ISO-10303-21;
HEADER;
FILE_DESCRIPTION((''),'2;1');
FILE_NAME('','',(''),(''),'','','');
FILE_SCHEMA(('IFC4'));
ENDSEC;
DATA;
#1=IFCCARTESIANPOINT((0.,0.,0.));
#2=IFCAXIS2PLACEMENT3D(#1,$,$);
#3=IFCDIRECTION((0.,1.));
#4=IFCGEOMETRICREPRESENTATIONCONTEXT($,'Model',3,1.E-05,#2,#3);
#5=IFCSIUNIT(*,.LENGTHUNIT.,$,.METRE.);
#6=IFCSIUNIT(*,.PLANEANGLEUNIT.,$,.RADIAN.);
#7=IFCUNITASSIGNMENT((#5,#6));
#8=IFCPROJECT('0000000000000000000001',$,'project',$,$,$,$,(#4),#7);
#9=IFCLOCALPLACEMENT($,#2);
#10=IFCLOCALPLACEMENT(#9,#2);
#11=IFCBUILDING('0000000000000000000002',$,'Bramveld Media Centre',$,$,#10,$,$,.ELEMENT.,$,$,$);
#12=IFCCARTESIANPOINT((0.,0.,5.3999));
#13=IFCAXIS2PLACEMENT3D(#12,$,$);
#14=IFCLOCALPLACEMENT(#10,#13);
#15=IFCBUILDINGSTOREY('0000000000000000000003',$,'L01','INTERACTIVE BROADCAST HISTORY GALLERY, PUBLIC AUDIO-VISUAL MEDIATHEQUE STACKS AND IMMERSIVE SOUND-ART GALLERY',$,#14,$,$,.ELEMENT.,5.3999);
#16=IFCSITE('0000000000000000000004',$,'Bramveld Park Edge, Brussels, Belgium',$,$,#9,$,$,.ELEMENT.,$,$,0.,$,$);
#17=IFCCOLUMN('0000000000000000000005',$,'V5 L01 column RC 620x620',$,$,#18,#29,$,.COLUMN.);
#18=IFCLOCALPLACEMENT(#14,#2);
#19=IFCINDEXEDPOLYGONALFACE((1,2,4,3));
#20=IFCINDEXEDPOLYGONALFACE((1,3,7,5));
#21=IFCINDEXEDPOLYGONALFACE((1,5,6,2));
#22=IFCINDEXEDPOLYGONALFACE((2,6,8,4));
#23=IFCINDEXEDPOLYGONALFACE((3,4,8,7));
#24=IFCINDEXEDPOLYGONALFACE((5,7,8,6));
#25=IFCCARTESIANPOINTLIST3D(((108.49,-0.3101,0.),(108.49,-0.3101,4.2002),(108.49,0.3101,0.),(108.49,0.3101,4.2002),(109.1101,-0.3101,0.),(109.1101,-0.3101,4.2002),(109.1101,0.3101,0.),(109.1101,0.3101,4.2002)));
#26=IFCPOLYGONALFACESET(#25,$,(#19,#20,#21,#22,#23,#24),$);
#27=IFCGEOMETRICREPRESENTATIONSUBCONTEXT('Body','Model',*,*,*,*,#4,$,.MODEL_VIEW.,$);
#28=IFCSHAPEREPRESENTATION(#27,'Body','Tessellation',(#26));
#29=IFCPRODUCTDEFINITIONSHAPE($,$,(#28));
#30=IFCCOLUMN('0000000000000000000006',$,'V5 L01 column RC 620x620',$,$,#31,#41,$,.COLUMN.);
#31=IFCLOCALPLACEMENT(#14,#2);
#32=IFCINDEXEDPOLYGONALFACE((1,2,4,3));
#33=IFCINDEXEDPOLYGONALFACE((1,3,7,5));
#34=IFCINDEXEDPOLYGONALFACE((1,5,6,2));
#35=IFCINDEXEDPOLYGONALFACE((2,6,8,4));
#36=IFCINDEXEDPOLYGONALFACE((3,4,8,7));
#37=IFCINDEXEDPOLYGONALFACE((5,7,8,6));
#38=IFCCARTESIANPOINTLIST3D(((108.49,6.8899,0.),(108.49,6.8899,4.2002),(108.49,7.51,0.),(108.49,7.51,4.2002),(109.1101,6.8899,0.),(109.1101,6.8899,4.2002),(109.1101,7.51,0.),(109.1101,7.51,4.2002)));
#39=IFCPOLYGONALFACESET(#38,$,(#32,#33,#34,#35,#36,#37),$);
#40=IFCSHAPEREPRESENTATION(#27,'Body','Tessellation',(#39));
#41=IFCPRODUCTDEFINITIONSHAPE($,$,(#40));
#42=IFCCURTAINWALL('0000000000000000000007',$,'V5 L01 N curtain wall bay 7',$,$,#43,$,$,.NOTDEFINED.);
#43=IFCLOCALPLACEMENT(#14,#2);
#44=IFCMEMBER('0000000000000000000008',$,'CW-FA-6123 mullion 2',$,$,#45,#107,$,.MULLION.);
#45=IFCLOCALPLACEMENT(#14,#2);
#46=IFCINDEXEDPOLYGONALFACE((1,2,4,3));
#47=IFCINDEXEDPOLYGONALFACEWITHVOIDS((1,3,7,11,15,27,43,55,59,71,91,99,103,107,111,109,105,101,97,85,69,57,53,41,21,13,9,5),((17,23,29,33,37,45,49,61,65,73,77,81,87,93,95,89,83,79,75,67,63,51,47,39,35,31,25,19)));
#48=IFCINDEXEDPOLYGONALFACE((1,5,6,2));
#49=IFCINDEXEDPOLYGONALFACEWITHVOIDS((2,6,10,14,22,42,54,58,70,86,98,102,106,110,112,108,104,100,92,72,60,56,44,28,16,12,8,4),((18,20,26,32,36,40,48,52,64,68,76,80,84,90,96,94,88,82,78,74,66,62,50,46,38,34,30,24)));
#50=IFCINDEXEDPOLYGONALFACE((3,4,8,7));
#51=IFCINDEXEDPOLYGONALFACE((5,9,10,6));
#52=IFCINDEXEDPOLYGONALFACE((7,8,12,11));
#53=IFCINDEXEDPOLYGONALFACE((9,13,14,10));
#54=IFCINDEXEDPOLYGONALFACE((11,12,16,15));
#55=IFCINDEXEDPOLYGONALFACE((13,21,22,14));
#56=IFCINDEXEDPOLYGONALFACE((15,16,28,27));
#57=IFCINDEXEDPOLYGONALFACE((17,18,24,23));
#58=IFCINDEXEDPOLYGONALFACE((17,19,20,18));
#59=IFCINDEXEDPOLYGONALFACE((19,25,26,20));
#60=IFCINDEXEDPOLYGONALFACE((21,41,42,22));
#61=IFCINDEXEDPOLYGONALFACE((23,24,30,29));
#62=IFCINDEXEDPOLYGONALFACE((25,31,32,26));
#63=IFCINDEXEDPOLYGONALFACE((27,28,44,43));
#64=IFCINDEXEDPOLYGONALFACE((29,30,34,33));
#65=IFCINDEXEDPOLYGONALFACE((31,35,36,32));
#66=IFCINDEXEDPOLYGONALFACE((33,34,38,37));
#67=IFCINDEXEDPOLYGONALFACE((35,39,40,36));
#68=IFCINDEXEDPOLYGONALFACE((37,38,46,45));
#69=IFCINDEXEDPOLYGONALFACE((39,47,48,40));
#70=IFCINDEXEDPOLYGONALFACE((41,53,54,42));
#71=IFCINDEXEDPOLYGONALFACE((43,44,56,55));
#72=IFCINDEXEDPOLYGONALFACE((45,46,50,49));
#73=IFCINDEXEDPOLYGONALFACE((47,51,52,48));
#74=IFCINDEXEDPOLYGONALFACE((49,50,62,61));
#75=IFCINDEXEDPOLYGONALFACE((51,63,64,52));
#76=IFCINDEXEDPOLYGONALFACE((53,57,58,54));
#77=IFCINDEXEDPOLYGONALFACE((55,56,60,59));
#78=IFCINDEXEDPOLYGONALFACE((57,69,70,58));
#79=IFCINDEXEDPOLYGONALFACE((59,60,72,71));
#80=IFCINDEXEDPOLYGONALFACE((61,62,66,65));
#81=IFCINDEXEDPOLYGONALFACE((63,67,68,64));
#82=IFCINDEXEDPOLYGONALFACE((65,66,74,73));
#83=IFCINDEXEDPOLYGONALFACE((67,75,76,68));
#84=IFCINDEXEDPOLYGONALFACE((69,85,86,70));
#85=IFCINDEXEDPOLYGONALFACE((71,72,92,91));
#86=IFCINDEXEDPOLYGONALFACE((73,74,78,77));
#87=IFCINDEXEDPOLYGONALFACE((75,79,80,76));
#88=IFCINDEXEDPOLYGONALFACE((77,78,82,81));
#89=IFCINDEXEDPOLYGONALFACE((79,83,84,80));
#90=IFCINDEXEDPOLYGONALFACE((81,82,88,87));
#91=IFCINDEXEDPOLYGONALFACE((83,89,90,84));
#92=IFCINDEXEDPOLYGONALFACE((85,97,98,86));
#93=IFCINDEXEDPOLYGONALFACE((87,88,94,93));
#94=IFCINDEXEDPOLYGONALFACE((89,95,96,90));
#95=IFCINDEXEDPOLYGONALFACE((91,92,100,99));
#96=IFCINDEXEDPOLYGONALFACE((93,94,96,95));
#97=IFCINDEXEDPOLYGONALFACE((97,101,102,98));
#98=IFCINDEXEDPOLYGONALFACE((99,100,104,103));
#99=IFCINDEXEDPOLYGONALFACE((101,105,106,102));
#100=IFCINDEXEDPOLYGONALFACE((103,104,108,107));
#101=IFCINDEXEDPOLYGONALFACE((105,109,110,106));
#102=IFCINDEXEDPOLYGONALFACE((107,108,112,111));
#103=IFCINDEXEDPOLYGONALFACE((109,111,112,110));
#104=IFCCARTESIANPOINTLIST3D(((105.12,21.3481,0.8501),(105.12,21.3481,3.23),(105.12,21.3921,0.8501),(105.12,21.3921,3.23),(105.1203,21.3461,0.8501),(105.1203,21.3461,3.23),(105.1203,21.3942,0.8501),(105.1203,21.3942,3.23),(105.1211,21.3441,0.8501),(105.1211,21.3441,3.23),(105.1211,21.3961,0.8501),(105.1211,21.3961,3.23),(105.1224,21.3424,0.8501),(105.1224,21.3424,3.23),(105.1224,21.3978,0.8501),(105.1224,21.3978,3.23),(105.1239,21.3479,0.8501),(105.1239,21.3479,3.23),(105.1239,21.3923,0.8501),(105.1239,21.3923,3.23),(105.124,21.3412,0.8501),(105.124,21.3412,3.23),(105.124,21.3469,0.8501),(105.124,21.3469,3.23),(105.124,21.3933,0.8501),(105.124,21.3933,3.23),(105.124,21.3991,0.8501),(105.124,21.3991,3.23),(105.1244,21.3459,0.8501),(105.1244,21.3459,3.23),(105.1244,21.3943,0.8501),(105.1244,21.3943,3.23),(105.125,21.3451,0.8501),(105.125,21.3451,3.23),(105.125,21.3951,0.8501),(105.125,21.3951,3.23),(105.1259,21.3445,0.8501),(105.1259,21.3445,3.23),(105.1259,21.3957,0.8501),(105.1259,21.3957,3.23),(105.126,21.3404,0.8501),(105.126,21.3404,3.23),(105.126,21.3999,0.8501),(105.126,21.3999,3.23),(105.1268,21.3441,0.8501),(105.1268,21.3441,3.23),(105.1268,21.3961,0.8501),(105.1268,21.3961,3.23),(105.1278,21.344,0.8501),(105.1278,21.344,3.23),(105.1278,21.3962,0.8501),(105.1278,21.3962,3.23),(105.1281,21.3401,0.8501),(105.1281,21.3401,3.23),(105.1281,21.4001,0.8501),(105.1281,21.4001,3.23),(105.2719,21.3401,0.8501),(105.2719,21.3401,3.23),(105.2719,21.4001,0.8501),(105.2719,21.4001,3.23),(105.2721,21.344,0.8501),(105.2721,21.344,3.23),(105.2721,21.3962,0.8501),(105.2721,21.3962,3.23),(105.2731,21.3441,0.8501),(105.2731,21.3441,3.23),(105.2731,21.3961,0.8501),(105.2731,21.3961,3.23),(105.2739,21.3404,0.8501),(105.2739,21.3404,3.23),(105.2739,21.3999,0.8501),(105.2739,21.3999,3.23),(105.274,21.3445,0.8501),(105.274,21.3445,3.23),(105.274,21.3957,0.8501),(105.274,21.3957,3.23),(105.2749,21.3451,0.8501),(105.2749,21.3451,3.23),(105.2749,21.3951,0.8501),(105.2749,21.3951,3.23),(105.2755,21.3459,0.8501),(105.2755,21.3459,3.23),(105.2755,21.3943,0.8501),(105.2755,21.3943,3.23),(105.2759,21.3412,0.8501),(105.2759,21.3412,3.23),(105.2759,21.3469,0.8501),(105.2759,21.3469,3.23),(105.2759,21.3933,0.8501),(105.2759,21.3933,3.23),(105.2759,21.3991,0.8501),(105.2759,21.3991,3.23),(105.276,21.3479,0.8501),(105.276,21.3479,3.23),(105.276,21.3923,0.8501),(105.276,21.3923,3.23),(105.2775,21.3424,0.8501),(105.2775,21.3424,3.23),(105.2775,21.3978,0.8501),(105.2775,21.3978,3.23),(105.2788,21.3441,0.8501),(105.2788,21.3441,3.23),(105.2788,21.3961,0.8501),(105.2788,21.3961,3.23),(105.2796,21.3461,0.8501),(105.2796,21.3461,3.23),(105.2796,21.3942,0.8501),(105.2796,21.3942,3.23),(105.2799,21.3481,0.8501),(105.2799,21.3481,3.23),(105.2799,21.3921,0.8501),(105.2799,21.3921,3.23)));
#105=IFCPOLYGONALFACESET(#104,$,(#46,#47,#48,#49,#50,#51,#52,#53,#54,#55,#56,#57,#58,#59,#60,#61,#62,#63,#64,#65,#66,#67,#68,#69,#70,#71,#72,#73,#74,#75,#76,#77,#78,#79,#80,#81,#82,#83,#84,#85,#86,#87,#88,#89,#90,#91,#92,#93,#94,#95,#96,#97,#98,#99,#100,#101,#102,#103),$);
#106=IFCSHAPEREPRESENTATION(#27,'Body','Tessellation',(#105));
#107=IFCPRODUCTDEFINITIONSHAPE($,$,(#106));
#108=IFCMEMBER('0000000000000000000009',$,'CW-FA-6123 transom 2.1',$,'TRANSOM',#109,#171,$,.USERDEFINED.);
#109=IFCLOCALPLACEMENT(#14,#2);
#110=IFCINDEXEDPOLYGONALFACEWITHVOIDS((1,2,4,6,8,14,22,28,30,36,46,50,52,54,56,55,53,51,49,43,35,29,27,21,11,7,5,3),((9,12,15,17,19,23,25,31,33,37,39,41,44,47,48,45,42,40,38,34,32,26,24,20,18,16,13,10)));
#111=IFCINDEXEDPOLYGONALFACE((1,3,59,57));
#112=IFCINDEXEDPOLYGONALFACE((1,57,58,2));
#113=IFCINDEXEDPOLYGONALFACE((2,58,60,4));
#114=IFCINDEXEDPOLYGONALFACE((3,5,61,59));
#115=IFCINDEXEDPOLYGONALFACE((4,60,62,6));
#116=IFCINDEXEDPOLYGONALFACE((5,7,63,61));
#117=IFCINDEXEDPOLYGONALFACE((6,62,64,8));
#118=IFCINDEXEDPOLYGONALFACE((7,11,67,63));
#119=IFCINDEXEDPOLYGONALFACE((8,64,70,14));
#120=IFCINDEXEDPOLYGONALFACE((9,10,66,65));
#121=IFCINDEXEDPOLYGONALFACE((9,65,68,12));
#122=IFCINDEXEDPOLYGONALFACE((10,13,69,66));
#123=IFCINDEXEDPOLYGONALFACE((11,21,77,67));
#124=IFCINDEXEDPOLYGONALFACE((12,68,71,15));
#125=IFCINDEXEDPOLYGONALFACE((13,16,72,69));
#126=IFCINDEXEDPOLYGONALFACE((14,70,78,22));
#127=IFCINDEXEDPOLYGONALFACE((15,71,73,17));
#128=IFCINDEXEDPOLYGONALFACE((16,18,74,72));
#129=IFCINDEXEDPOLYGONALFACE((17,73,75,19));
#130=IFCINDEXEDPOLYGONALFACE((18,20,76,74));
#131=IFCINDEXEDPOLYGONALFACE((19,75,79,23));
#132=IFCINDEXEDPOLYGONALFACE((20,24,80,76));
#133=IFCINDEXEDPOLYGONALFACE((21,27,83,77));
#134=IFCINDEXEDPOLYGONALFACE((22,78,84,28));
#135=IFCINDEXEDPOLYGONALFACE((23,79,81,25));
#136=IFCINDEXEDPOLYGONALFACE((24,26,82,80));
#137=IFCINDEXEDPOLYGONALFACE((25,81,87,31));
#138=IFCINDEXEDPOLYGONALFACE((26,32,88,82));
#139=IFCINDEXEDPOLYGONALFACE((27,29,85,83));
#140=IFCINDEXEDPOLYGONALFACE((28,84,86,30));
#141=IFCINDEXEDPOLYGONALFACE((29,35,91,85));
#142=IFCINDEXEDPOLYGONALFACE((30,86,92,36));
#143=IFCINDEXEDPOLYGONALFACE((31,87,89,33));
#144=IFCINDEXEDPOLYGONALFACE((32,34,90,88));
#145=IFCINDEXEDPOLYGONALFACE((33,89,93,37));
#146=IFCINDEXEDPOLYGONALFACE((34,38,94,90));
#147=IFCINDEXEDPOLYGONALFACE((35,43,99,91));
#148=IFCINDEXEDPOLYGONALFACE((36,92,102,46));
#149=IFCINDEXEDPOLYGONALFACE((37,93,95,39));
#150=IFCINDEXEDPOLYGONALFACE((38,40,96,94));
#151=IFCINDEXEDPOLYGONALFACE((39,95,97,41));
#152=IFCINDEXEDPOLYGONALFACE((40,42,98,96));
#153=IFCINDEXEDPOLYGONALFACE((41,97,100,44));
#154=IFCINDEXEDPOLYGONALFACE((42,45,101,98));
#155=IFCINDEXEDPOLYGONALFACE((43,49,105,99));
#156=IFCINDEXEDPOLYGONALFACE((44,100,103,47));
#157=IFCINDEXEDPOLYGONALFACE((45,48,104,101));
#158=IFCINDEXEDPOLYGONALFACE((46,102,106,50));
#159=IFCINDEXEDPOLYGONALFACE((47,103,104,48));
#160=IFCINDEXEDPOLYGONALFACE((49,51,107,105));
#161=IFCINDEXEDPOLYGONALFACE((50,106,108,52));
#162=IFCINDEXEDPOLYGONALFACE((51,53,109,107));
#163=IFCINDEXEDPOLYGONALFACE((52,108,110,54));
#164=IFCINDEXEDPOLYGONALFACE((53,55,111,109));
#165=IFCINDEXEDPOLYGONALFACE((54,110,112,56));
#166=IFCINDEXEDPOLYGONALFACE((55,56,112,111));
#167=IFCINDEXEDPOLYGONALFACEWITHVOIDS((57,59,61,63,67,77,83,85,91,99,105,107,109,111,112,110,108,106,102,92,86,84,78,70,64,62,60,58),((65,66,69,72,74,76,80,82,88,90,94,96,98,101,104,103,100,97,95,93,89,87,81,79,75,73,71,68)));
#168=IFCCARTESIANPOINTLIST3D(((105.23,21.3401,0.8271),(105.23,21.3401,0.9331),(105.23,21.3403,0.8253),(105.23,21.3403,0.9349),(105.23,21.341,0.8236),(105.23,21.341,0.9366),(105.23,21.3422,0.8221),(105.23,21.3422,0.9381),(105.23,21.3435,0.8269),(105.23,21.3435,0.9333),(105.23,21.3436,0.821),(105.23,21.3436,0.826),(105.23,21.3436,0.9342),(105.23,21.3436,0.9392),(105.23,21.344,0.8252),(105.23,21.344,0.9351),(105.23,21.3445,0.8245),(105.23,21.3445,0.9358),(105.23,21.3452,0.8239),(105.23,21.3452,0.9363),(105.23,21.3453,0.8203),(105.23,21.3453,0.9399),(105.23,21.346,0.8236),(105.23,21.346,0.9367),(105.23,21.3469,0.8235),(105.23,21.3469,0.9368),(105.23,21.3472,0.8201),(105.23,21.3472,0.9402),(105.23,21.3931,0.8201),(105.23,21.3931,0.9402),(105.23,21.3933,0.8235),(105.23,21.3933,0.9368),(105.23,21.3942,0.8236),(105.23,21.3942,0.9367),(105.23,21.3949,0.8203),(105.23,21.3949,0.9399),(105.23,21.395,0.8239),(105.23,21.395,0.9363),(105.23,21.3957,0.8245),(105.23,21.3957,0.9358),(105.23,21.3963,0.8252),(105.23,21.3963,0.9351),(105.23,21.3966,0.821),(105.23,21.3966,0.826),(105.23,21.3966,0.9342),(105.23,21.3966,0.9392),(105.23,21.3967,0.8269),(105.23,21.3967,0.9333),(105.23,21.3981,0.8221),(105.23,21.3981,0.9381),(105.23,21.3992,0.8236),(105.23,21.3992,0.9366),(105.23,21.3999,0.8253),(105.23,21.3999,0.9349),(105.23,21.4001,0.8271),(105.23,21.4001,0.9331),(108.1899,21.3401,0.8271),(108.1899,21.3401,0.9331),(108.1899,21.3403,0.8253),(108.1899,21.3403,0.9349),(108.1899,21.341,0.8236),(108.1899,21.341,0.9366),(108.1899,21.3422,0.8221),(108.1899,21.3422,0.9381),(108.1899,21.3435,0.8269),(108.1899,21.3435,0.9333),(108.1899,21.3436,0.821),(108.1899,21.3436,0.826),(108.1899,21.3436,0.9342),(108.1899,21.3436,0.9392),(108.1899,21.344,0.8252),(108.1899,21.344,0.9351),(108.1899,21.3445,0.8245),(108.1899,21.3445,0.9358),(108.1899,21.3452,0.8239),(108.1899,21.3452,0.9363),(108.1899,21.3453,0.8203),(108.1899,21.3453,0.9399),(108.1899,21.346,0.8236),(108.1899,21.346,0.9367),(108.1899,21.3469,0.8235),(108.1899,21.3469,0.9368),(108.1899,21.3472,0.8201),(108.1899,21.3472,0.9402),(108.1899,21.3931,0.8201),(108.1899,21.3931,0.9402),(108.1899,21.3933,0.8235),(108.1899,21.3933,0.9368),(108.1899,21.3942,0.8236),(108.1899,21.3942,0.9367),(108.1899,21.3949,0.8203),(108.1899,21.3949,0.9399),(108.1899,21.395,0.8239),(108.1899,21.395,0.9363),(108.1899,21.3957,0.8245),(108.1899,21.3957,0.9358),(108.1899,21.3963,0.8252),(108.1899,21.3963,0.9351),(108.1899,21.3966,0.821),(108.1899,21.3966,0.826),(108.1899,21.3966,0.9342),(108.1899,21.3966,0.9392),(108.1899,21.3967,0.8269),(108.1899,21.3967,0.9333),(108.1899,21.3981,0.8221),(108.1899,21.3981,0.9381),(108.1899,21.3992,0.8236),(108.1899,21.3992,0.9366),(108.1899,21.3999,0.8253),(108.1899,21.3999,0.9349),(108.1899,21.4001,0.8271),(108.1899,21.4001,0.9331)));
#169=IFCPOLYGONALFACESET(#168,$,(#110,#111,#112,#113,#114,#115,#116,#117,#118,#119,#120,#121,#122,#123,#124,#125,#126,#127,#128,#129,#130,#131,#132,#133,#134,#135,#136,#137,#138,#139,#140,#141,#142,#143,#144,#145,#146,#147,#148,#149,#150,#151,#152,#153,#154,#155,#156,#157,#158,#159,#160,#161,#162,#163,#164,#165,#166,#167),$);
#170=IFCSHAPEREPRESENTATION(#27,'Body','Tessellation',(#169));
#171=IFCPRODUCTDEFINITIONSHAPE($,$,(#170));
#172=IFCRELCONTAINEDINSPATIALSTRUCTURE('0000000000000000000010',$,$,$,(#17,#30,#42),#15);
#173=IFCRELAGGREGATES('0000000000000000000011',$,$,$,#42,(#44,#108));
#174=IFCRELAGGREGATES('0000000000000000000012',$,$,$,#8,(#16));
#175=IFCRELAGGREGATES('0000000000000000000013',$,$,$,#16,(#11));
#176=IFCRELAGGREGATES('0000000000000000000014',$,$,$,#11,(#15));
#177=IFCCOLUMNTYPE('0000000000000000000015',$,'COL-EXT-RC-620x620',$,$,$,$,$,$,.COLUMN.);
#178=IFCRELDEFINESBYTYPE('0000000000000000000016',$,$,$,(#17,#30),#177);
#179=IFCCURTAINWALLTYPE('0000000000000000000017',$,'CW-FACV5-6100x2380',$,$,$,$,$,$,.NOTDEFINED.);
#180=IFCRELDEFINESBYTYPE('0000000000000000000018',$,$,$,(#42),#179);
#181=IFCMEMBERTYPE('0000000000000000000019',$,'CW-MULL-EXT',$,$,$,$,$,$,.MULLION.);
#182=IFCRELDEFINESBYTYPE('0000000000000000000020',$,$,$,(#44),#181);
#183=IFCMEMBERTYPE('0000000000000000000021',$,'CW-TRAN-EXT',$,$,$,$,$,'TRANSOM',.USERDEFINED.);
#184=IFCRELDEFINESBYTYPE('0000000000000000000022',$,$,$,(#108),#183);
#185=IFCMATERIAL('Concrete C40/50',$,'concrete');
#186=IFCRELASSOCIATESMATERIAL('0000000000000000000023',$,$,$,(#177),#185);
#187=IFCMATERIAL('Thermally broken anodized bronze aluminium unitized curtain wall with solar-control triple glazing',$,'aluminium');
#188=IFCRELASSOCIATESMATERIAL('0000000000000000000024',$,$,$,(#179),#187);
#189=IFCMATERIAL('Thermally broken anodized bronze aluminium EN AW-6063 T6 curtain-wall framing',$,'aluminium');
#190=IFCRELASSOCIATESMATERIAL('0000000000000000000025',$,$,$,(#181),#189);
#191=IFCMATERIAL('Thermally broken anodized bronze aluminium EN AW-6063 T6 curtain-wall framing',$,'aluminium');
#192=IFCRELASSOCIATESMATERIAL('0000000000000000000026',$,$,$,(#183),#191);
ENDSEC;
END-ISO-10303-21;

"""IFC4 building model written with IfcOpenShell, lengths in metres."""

from ifc_helpers import new_model, si_unit, direction, frame, origin, origin_2d, place, context, subcontext, project, spatial, rectangle, hollow_rectangle, extrude, material, material_profile, profile_set, type_object, element, aggregate, save


model = new_model("IFC4")

# Units and contexts
model_context = context("Model", 3, precision=1e-05, world=origin(), true_north=direction((0.0, 1.0)))
body_context = subcontext(model_context, "Body", "Model", "MODEL_VIEW")
ifc_project = project(units=[si_unit("LENGTHUNIT", "METRE"), si_unit("PLANEANGLEUNIT", "RADIAN")], contexts=[model_context])

# Site, building, storey
site_placement = place(None, origin())
site = spatial("IfcSite", under=ifc_project, at=site_placement, Name="Bramveld Park Edge, Brussels, Belgium", CompositionType="ELEMENT", RefElevation=0.0)
building_placement = place(site_placement, origin())
building = spatial("IfcBuilding", under=site, at=building_placement, Name="Bramveld Media Centre", CompositionType="ELEMENT")
storey_placement = place(building_placement, frame((0.0, 0.0, 5.3999)))
storey = spatial("IfcBuildingStorey", under=building, at=storey_placement, Name="L01", Description="INTERACTIVE BROADCAST HISTORY GALLERY, PUBLIC AUDIO-VISUAL MEDIATHEQUE STACKS AND IMMERSIVE SOUND-ART GALLERY", CompositionType="ELEMENT", Elevation=5.3999)

# Columns
ifc_material_1 = material(Name="Concrete C40/50", Category="concrete")
ifc_material_profile_1 = material_profile(ifc_material_1, rectangle(XDim=0.6201, YDim=0.6201, at=origin_2d()), Name="RC 620x620")
ifc_profile_set_1 = profile_set([ifc_material_profile_1], Name="Concrete C40/50")
column_type = type_object("IfcColumnType", Name="COL-EXT-RC-620x620", PredefinedType="COLUMN", material=ifc_profile_set_1)
for number, where, z_axis, x_axis, name in (
    (1, (108.8, 0.0, 0.0), (0.0, 0.0, 1.0), (1.0, 0.0, 0.0), "V5 L01 column RC 620x620"),
    (2, (108.8, 7.2, 0.0), (0.0, 0.0, 1.0), (1.0, 0.0, 0.0), "V5 L01 column RC 620x620"),
):
    element("IfcColumn", number, at=place(storey_placement, frame(where, z_axis=z_axis, x_axis=x_axis)), inside=storey, type_object=column_type, Name=name, PredefinedType="COLUMN", context=body_context, shape_type="SweptSolid", body=[
        extrude(rectangle(XDim=0.6201, YDim=0.6201, at=origin_2d()), origin(), (0.0, 0.0, 1.0), 4.2002),
    ])

# Curtain wall, members
ifc_material_2 = material(Name="Thermally broken anodized bronze aluminium unitized curtain wall with solar-control triple glazing", Category="aluminium")
curtain_wall_type = type_object("IfcCurtainWallType", Name="CW-FACV5-6100x2380", PredefinedType="NOTDEFINED", material=ifc_material_2)
curtain_wall_placement = place(storey_placement, origin())
curtain_wall = element("IfcCurtainWall", 3, at=curtain_wall_placement, inside=storey, type_object=curtain_wall_type, Name="V5 L01 N curtain wall bay 7", PredefinedType="NOTDEFINED")
ifc_material_3 = material(Name="Thermally broken anodized bronze aluminium EN AW-6063 T6 curtain-wall framing", Category="aluminium")
ifc_material_profile_2 = material_profile(ifc_material_3, hollow_rectangle(XDim=0.0601, YDim=0.1599, WallThickness=0.0039, InnerFilletRadius=0.0039, OuterFilletRadius=0.0081, at=origin_2d()), Name="AL-MULL 60x160")
ifc_profile_set_2 = profile_set([ifc_material_profile_2], Name="Thermally broken anodized bronze aluminium EN AW-6063 T6 curtain-wall framing")
member_type_1 = type_object("IfcMemberType", Name="CW-MULL-EXT", PredefinedType="MULLION", material=ifc_profile_set_2)
member_1_placement = place(storey_placement, frame((105.2, 21.3701, 0.8501), z_axis=(0.0, 0.0, 1.0), x_axis=(0.0, 1.0, 0.0)))
member_1 = element("IfcMember", 4, at=member_1_placement, type_object=member_type_1, Name="CW-FA-6123 mullion 2", PredefinedType="MULLION", context=body_context, shape_type="SweptSolid", body=[
    extrude(hollow_rectangle(XDim=0.0601, YDim=0.1599, WallThickness=0.0039, InnerFilletRadius=0.0039, OuterFilletRadius=0.0081, at=origin_2d()), origin(), (0.0, 0.0, 1.0), 2.3799),
])
ifc_material_4 = material(Name="Thermally broken anodized bronze aluminium EN AW-6063 T6 curtain-wall framing", Category="aluminium")
ifc_material_profile_3 = material_profile(ifc_material_4, hollow_rectangle(XDim=0.0601, YDim=0.1201, WallThickness=0.0034, InnerFilletRadius=0.0034, OuterFilletRadius=0.0071, at=origin_2d()), Name="AL-TRAN 60x120")
ifc_profile_set_3 = profile_set([ifc_material_profile_3], Name="Thermally broken anodized bronze aluminium EN AW-6063 T6 curtain-wall framing")
member_type_2 = type_object("IfcMemberType", Name="CW-TRAN-EXT", ElementType="TRANSOM", PredefinedType="USERDEFINED", material=ifc_profile_set_3)
member_2_placement = place(storey_placement, frame((105.23, 21.3701, 0.8801), z_axis=(1.0, 0.0, 0.0), x_axis=(0.0, 1.0, 0.0)))
member_2 = element("IfcMember", 5, at=member_2_placement, type_object=member_type_2, Name="CW-FA-6123 transom 2.1", ObjectType="TRANSOM", PredefinedType="USERDEFINED", context=body_context, shape_type="SweptSolid", body=[
    extrude(hollow_rectangle(XDim=0.0601, YDim=0.1201, WallThickness=0.0034, InnerFilletRadius=0.0034, OuterFilletRadius=0.0071, at=origin_2d()), origin(), (0.0, 0.0, 1.0), 2.96),
])

aggregate(curtain_wall, [member_1, member_2])

save(model, "model.ifc")
